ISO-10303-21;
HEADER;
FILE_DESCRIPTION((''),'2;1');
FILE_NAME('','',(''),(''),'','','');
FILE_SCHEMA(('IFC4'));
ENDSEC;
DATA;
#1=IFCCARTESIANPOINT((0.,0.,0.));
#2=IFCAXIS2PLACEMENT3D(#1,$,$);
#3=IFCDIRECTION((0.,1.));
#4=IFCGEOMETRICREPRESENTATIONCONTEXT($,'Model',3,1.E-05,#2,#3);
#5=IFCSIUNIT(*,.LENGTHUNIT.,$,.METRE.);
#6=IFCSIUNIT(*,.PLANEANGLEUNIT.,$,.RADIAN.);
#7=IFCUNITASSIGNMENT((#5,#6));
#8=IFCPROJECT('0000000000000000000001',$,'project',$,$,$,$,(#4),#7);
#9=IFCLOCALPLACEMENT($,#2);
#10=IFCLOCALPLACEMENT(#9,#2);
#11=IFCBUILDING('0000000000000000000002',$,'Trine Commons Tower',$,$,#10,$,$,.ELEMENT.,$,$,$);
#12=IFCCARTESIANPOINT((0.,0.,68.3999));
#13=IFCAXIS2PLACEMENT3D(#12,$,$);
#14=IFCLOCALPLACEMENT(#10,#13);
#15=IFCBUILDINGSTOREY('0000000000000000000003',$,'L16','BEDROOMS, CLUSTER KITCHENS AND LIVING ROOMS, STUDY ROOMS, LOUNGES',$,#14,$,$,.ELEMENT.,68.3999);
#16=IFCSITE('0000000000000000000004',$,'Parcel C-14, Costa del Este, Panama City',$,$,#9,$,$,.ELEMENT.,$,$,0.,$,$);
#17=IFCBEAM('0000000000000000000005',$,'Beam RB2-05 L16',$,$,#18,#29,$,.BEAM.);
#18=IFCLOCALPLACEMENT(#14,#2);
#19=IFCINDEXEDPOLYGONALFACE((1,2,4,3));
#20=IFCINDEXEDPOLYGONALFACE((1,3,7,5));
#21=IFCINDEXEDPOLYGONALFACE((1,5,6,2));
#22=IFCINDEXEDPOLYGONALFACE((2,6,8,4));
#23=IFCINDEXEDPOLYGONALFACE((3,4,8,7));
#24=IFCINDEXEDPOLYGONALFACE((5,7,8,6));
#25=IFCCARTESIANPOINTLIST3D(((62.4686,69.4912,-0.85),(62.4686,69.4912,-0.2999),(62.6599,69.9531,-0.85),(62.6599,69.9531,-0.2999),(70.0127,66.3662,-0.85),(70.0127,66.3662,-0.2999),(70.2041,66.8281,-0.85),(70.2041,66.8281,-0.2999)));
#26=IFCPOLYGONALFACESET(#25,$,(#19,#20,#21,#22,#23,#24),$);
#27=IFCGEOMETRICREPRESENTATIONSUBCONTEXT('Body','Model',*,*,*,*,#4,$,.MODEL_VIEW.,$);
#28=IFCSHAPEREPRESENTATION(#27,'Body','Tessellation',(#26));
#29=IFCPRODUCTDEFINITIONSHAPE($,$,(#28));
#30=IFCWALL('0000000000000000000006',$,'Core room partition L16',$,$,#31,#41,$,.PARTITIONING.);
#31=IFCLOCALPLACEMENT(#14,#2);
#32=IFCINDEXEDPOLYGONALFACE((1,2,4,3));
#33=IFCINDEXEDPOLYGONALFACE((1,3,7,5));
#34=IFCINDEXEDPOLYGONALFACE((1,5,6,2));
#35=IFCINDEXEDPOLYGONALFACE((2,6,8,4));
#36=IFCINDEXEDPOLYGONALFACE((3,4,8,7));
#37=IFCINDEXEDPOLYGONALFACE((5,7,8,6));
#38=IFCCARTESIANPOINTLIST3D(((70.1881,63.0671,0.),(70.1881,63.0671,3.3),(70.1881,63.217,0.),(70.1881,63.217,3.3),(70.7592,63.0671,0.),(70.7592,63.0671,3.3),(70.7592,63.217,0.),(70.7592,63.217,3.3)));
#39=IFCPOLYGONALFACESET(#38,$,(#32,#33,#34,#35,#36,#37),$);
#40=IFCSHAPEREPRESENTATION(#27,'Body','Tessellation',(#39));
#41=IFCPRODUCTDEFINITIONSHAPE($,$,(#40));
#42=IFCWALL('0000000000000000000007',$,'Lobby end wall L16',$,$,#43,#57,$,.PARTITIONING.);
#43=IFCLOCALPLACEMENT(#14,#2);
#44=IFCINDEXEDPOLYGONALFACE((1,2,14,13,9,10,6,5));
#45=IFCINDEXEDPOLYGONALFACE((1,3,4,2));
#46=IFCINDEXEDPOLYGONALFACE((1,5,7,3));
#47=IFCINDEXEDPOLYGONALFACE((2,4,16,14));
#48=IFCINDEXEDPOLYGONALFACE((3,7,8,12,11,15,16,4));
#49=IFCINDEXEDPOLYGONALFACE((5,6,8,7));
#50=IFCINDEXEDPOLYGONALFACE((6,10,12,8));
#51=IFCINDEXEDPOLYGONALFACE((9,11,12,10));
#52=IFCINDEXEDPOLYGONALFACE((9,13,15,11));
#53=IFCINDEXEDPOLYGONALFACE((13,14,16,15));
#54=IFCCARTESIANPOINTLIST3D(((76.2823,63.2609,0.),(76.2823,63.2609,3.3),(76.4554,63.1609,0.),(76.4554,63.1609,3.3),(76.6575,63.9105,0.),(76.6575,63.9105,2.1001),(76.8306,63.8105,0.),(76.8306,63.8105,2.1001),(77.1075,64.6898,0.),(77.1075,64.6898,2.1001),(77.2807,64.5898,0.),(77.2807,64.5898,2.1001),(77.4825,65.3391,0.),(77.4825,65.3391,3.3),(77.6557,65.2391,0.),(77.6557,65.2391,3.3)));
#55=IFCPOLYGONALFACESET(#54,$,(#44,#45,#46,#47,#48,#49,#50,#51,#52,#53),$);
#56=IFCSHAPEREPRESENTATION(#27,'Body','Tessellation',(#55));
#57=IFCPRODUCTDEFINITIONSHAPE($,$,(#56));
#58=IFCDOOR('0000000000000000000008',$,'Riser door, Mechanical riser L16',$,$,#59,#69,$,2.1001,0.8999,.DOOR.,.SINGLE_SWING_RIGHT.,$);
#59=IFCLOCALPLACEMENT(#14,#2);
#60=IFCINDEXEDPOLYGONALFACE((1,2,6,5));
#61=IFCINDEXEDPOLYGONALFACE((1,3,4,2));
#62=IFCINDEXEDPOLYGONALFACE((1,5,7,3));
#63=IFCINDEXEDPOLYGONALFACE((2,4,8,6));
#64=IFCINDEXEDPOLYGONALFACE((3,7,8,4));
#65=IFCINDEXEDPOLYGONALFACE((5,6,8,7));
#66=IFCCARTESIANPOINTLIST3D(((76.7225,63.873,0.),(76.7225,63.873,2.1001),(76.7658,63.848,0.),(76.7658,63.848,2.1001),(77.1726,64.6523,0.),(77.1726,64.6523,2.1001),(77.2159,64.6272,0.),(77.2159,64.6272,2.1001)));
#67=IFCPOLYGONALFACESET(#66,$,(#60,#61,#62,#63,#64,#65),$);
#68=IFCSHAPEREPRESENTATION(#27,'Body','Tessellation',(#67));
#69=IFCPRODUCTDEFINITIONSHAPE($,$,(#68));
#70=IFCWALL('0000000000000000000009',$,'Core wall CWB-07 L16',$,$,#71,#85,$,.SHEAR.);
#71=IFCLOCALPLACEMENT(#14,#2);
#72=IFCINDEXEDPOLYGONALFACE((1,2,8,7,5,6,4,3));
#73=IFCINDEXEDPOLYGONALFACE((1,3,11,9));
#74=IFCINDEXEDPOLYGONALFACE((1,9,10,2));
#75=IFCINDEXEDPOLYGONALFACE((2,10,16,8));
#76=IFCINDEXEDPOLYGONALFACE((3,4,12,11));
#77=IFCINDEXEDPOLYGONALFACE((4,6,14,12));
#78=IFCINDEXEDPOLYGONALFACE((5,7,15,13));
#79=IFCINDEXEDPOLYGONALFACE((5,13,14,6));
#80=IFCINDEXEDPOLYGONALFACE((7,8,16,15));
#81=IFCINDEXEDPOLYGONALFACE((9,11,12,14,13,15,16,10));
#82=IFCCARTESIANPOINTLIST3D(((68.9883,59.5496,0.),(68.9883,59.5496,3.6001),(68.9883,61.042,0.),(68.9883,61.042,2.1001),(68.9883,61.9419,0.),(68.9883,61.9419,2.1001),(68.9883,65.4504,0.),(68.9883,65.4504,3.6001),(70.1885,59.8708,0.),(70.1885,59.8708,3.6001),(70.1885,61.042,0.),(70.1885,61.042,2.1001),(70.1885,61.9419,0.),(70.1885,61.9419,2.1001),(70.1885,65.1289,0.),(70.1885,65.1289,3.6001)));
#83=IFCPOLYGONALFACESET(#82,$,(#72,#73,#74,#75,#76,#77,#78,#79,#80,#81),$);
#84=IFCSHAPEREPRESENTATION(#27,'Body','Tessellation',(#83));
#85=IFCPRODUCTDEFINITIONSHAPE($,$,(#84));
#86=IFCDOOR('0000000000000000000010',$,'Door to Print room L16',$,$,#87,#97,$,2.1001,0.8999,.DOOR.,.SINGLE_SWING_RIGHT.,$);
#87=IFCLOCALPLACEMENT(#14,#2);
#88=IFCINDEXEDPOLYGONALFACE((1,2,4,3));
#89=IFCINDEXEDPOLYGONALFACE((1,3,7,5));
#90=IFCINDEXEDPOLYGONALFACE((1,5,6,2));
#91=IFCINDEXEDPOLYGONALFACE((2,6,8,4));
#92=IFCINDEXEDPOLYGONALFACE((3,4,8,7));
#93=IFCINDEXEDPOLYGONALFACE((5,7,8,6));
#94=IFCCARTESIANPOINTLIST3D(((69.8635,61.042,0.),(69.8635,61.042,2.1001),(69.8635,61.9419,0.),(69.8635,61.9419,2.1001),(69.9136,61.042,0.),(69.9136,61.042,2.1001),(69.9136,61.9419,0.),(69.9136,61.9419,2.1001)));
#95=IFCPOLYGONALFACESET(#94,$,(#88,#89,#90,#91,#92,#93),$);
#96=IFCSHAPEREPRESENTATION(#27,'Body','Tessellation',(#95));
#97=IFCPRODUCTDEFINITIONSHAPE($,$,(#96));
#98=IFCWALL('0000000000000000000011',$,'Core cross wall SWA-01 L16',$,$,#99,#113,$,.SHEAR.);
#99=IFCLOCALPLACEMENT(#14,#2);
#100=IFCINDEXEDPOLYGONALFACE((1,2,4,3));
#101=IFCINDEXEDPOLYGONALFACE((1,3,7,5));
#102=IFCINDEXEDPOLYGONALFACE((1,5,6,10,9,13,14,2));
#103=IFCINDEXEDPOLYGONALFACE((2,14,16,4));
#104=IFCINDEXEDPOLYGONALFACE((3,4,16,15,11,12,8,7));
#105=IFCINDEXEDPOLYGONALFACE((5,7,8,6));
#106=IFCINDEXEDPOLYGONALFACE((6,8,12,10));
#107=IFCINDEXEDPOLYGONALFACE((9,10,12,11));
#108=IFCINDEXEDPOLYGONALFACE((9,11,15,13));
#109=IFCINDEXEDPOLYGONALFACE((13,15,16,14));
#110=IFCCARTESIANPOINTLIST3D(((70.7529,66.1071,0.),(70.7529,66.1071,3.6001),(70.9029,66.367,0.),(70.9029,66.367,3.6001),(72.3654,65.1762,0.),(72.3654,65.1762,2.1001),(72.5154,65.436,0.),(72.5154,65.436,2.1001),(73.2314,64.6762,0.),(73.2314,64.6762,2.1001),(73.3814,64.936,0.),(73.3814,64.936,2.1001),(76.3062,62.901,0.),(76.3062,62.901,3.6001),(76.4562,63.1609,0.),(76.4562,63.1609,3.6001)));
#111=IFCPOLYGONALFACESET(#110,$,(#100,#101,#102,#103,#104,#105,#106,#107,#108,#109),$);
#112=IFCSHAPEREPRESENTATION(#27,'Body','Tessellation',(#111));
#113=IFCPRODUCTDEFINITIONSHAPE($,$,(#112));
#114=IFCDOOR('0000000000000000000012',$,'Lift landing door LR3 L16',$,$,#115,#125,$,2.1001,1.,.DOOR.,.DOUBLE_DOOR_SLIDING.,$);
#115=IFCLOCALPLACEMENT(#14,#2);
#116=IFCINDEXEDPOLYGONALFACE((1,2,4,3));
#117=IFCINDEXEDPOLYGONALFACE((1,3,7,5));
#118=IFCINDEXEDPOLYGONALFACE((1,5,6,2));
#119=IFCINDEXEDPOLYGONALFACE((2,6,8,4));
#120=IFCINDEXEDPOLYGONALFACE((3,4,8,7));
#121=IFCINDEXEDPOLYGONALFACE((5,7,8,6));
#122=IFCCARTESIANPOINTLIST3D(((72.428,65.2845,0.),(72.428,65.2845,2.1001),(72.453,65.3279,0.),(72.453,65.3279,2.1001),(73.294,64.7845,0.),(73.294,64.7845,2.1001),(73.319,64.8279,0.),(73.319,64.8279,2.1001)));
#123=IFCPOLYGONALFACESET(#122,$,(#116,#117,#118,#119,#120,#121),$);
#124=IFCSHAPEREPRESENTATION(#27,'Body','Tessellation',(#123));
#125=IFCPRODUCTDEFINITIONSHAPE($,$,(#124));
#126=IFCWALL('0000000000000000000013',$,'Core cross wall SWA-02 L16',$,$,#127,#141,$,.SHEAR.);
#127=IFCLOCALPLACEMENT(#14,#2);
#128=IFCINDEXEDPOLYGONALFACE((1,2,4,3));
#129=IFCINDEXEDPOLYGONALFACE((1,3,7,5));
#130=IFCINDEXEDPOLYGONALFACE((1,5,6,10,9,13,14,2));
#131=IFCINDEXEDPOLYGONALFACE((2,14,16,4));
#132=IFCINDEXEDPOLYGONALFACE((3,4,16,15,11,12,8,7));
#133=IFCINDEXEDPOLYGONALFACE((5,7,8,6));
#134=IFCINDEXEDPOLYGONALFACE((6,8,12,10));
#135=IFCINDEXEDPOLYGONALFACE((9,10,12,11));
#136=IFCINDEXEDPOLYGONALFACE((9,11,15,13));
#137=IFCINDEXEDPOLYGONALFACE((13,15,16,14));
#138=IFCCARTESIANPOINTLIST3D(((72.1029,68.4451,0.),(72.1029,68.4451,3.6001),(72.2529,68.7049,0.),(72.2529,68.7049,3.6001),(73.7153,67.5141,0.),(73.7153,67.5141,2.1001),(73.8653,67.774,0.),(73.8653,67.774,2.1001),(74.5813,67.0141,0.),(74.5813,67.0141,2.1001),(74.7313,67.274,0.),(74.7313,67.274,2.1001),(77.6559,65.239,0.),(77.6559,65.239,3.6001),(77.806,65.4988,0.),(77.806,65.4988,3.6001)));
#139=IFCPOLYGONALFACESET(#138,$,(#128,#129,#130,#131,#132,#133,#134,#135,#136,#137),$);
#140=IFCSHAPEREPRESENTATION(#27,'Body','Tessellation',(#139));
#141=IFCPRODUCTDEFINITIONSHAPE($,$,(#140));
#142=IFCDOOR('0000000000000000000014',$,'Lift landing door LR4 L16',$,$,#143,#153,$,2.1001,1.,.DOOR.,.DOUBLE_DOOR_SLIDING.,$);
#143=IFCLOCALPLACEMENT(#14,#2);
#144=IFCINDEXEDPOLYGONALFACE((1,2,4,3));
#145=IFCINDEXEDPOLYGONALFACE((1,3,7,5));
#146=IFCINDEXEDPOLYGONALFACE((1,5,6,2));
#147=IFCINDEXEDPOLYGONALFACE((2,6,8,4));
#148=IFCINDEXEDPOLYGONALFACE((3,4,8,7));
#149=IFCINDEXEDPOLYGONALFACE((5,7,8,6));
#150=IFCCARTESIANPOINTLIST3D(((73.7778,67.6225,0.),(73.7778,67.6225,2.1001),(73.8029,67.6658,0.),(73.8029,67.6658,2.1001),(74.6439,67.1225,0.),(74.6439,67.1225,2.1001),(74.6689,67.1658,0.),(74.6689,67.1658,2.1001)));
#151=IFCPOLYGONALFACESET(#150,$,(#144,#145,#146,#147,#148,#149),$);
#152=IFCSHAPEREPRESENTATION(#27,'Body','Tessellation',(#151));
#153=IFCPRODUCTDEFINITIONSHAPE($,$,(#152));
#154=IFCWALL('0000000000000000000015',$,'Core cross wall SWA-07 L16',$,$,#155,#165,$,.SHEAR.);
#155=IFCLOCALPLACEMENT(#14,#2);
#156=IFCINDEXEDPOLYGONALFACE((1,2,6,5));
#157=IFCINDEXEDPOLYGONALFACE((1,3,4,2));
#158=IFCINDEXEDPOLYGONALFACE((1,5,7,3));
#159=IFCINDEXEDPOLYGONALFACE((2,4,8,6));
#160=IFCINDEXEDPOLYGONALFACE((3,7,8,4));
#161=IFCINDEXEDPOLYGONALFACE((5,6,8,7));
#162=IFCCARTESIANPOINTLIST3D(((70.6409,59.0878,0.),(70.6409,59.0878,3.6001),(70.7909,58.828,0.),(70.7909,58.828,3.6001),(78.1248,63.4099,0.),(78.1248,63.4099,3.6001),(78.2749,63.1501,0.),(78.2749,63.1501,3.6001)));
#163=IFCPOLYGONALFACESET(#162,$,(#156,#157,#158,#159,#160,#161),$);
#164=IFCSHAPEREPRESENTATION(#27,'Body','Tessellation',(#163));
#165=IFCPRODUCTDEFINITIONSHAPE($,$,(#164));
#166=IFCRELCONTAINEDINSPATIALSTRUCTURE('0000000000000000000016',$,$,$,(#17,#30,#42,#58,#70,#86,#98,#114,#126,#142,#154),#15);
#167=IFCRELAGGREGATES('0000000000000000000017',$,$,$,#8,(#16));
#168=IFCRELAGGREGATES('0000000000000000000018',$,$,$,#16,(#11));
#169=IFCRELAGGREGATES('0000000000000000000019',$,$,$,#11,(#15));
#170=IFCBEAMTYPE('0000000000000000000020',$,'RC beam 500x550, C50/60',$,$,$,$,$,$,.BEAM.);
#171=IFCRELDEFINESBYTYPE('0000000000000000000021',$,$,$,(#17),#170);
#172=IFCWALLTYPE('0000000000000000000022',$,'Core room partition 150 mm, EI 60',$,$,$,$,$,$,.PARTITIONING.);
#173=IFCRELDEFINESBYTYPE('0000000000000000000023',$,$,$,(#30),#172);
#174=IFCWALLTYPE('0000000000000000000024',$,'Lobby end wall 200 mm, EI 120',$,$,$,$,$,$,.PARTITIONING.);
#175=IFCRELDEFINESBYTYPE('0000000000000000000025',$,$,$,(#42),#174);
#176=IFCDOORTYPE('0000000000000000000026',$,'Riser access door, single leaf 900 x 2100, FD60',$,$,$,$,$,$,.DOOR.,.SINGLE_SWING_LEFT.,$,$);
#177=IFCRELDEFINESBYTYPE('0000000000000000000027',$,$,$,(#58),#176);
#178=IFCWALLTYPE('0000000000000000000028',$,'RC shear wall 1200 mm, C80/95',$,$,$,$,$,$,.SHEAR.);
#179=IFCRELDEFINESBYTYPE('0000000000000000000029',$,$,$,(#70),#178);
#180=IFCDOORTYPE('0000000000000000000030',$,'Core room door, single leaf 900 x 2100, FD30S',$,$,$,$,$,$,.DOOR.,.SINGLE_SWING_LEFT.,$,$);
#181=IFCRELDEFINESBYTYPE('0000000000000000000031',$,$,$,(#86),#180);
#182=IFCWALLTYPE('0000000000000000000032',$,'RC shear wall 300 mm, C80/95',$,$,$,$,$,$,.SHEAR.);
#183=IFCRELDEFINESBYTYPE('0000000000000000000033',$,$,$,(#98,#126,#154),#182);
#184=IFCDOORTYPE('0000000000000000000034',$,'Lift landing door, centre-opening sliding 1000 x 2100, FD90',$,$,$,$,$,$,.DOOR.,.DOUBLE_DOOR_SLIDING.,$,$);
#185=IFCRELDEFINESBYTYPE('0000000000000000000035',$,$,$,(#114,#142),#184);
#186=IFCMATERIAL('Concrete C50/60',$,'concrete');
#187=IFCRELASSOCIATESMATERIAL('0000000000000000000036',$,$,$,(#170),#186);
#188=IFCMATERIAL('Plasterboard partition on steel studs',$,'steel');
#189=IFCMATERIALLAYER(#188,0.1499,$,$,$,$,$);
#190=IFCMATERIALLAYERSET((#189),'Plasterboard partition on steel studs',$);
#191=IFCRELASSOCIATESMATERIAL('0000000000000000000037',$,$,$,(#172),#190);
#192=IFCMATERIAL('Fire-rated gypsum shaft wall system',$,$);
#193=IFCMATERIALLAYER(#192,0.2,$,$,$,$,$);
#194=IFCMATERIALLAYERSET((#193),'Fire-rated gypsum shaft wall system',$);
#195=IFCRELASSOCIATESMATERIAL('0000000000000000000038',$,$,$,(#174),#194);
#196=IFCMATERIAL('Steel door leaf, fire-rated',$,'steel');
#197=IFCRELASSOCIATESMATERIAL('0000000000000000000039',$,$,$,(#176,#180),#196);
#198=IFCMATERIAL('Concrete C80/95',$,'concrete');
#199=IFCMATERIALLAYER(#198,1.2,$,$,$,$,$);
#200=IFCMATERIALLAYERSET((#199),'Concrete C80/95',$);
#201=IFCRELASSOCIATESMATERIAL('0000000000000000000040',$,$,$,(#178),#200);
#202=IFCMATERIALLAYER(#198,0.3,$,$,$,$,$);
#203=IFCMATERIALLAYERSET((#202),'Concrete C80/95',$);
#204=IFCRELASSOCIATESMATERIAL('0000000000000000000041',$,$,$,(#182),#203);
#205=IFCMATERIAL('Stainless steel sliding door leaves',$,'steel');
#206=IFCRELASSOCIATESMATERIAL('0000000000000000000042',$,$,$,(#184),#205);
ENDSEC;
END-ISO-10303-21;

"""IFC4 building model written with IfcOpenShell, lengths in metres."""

from ifc_helpers import new_model, si_unit, direction, frame, frame_2d, origin, origin_2d, place, context, subcontext, project, spatial, polyline, rectangle, outline, extrude, material, layer, layer_set, material_profile, profile_set, type_object, element, fill, save


model = new_model("IFC4")

# Units and contexts
model_context = context("Model", 3, precision=1e-05, world=origin(), true_north=direction((0.0, 1.0)))
body_context = subcontext(model_context, "Body", "Model", "MODEL_VIEW")
ifc_project = project(units=[si_unit("LENGTHUNIT", "METRE"), si_unit("PLANEANGLEUNIT", "RADIAN")], contexts=[model_context])

# Site, building, storey
site_placement = place(None, origin())
site = spatial("IfcSite", under=ifc_project, at=site_placement, Name="Parcel C-14, Costa del Este, Panama City", CompositionType="ELEMENT", RefElevation=0.0)
building_placement = place(site_placement, origin())
building = spatial("IfcBuilding", under=site, at=building_placement, Name="Trine Commons Tower", CompositionType="ELEMENT")
storey_placement = place(building_placement, frame((0.0, 0.0, 68.3999)))
storey = spatial("IfcBuildingStorey", under=building, at=storey_placement, Name="L16", Description="BEDROOMS, CLUSTER KITCHENS AND LIVING ROOMS, STUDY ROOMS, LOUNGES", CompositionType="ELEMENT", Elevation=68.3999)

# Beam
ifc_material_1 = material(Name="Concrete C50/60", Category="concrete")
ifc_material_profile = material_profile(ifc_material_1, rectangle(XDim=0.5, YDim=0.55, at=origin_2d()), Name="RC 500x550")
ifc_profile_set = profile_set([ifc_material_profile], Name="Concrete C50/60")
beam_type = type_object("IfcBeamType", Name="RC beam 500x550, C50/60", PredefinedType="BEAM", material=ifc_profile_set)
beam_placement = place(storey_placement, frame((70.1084, 66.5972, -0.575), z_axis=(-0.923875, 0.382693, 0.0), x_axis=(-0.382693, -0.923875, 0.0)))
element("IfcBeam", 1, at=beam_placement, inside=storey, type_object=beam_type, Name="Beam RB2-05 L16", PredefinedType="BEAM", context=body_context, shape_type="SweptSolid", body=[
    extrude(rectangle(XDim=0.5, YDim=0.55, at=origin_2d()), origin(), (0.0, 0.0, 1.0), 8.1658),
])

# Wall
ifc_material_2 = material(Name="Plasterboard partition on steel studs", Category="steel")
ifc_layer_1 = layer(ifc_material_2, 0.1499)
ifc_layer_set_1 = layer_set([ifc_layer_1], Name="Plasterboard partition on steel studs")
wall_type_1 = type_object("IfcWallType", Name="Core room partition 150 mm, EI 60", PredefinedType="PARTITIONING", material=ifc_layer_set_1)
wall_1_placement = place(storey_placement, frame((70.188, 63.1421, 0.0), z_axis=(0.0, 0.0, 1.0), x_axis=(1.0, 0.0, 0.0)))
element("IfcWall", 2, at=wall_1_placement, inside=storey, type_object=wall_type_1, Name="Core room partition L16", PredefinedType="PARTITIONING", context=body_context, shape_type="SweptSolid", body=[
    extrude(rectangle(XDim=0.571, YDim=0.1499, at=frame_2d((0.2856, 0.0))), origin(), (0.0, 0.0, 1.0), 3.3),
])

# Walls, openings, doors
ifc_material_3 = material(Name="Fire-rated gypsum shaft wall system")
ifc_layer_2 = layer(ifc_material_3, 0.2)
ifc_layer_set_2 = layer_set([ifc_layer_2], Name="Fire-rated gypsum shaft wall system")
wall_type_2 = type_object("IfcWallType", Name="Lobby end wall 200 mm, EI 120", PredefinedType="PARTITIONING", material=ifc_layer_set_2)
wall_2_placement = place(storey_placement, frame((77.5691, 65.2891, 0.0), z_axis=(0.0, 0.0, 1.0), x_axis=(-0.500122, -0.865955, 0.0)))
wall_2 = element("IfcWall", 3, at=wall_2_placement, inside=storey, type_object=wall_type_2, Name="Lobby end wall L16", PredefinedType="PARTITIONING", context=body_context, shape_type="SweptSolid", body=[
    extrude(rectangle(XDim=2.3999, YDim=0.2, at=frame_2d((1.2, 0.0))), origin(), (0.0, 0.0, 1.0), 3.3),
])
opening_1_placement = place(wall_2_placement, frame((0.7498, 0.0, 0.0)))
opening_1 = element("IfcOpeningElement", 4, at=opening_1_placement, cuts=wall_2, PredefinedType="OPENING", context=body_context, shape_type="SweptSolid", body=[
    extrude(rectangle(XDim=0.8999, YDim=2.1001, at=frame_2d((0.45, 1.05))), frame((0.0, 0.1099, 0.0), z_axis=(0.0, -1.0, 0.0), x_axis=(1.0, 0.0, 0.0)), (0.0, 0.0, 1.0), 0.22),
])
ifc_material_4 = material(Name="Steel door leaf, fire-rated", Category="steel")
door_type_1 = type_object("IfcDoorType", Name="Riser access door, single leaf 900 x 2100, FD60", OperationType="SINGLE_SWING_LEFT", PredefinedType="DOOR", material=ifc_material_4)
door_1_placement = place(opening_1_placement, frame((0.8999, 0.0, 0.0), z_axis=(0.0, 0.0, 1.0), x_axis=(-1.0, 0.0, 0.0)))
door_1 = element("IfcDoor", 5, at=door_1_placement, inside=storey, type_object=door_type_1, Name="Riser door, Mechanical riser L16", OperationType="SINGLE_SWING_RIGHT", OverallHeight=2.1001, OverallWidth=0.8999, PredefinedType="DOOR", context=body_context, shape_type="SweptSolid", body=[
    extrude(rectangle(XDim=0.8999, YDim=2.1001, at=frame_2d((0.45, 1.05))), frame((0.0, 0.0249, 0.0), z_axis=(0.0, -1.0, 0.0), x_axis=(1.0, 0.0, 0.0)), (0.0, 0.0, 1.0), 0.05),
])
fill(opening_1, door_1)
ifc_material_5 = material(Name="Concrete C80/95", Category="concrete")
ifc_layer_3 = layer(ifc_material_5, 1.2)
ifc_layer_set_3 = layer_set([ifc_layer_3], Name="Concrete C80/95")
wall_type_3 = type_object("IfcWallType", Name="RC shear wall 1200 mm, C80/95", PredefinedType="SHEAR", material=ifc_layer_set_3)
wall_3_placement = place(storey_placement, frame((69.5884, 65.4504, 0.0), z_axis=(0.0, 0.0, 1.0), x_axis=(0.0, -1.0, 0.0)))
wall_3 = element("IfcWall", 6, at=wall_3_placement, inside=storey, type_object=wall_type_3, Name="Core wall CWB-07 L16", PredefinedType="SHEAR", context=body_context, shape_type="SweptSolid", body=[
    extrude(outline(polyline([(0.0, -0.6001), (5.9009, -0.6001), (5.5796, 0.6001), (0.3215, 0.6001), (0.0, -0.6001)])), origin(), (0.0, 0.0, 1.0), 3.6001),
])
opening_2_placement = place(wall_3_placement, frame((3.5085, 0.0, 0.0)))
opening_2 = element("IfcOpeningElement", 7, at=opening_2_placement, cuts=wall_3, PredefinedType="OPENING", context=body_context, shape_type="SweptSolid", body=[
    extrude(rectangle(XDim=0.8999, YDim=2.1001, at=frame_2d((0.45, 1.05))), frame((0.0, 0.6099, 0.0), z_axis=(0.0, -1.0, 0.0), x_axis=(1.0, 0.0, 0.0)), (0.0, 0.0, 1.0), 1.22),
])
door_type_2 = type_object("IfcDoorType", Name="Core room door, single leaf 900 x 2100, FD30S", OperationType="SINGLE_SWING_LEFT", PredefinedType="DOOR", material=ifc_material_4)
door_2_placement = place(opening_2_placement, origin())
door_2 = element("IfcDoor", 8, at=door_2_placement, inside=storey, type_object=door_type_2, Name="Door to Print room L16", OperationType="SINGLE_SWING_RIGHT", OverallHeight=2.1001, OverallWidth=0.8999, PredefinedType="DOOR", context=body_context, shape_type="SweptSolid", body=[
    extrude(rectangle(XDim=0.8999, YDim=2.1001, at=frame_2d((0.45, 1.05))), frame((0.0, 0.3252, 0.0), z_axis=(0.0, -1.0, 0.0), x_axis=(1.0, 0.0, 0.0)), (0.0, 0.0, 1.0), 0.05),
])
fill(opening_2, door_2)
ifc_layer_4 = layer(ifc_material_5, 0.3)
ifc_layer_set_4 = layer_set([ifc_layer_4], Name="Concrete C80/95")
wall_type_4 = type_object("IfcWallType", Name="RC shear wall 300 mm, C80/95", PredefinedType="SHEAR", material=ifc_layer_set_4)
wall_4_placement = place(storey_placement, frame((76.3811, 63.031, 0.0), z_axis=(0.0, 0.0, 1.0), x_axis=(-0.866032, 0.499988, 0.0)))
wall_4 = element("IfcWall", 9, at=wall_4_placement, inside=storey, type_object=wall_type_4, Name="Core cross wall SWA-01 L16", PredefinedType="SHEAR", context=body_context, shape_type="SweptSolid", body=[
    extrude(rectangle(XDim=6.4124, YDim=0.3, at=frame_2d((3.2061, 0.0))), origin(), (0.0, 0.0, 1.0), 3.6001),
])
opening_3_placement = place(wall_4_placement, frame((3.5503, 0.0, 0.0)))
opening_3 = element("IfcOpeningElement", 10, at=opening_3_placement, cuts=wall_4, PredefinedType="OPENING", context=body_context, shape_type="SweptSolid", body=[
    extrude(rectangle(XDim=1.0, YDim=2.1001, at=frame_2d((0.5, 1.05))), frame((0.0, 0.1599, 0.0), z_axis=(0.0, -1.0, 0.0), x_axis=(1.0, 0.0, 0.0)), (0.0, 0.0, 1.0), 0.3201),
])
ifc_material_6 = material(Name="Stainless steel sliding door leaves", Category="steel")
door_type_3 = type_object("IfcDoorType", Name="Lift landing door, centre-opening sliding 1000 x 2100, FD90", OperationType="DOUBLE_DOOR_SLIDING", PredefinedType="DOOR", material=ifc_material_6)
door_3_placement = place(opening_3_placement, origin())
door_3 = element("IfcDoor", 11, at=door_3_placement, inside=storey, type_object=door_type_3, Name="Lift landing door LR3 L16", OperationType="DOUBLE_DOOR_SLIDING", OverallHeight=2.1001, OverallWidth=1.0, PredefinedType="DOOR", context=body_context, shape_type="SweptSolid", body=[
    extrude(rectangle(XDim=1.0, YDim=2.1001, at=frame_2d((0.5, 1.05))), frame((0.0, 0.0249, 0.0), z_axis=(0.0, -1.0, 0.0), x_axis=(1.0, 0.0, 0.0)), (0.0, 0.0, 1.0), 0.05),
])
fill(opening_3, door_3)
wall_5_placement = place(storey_placement, frame((77.731, 65.3689, 0.0), z_axis=(0.0, 0.0, 1.0), x_axis=(-0.866023, 0.500005, 0.0)))
wall_5 = element("IfcWall", 12, at=wall_5_placement, inside=storey, type_object=wall_type_4, Name="Core cross wall SWA-02 L16", PredefinedType="SHEAR", context=body_context, shape_type="SweptSolid", body=[
    extrude(rectangle(XDim=6.4121, YDim=0.3, at=frame_2d((3.2061, 0.0))), origin(), (0.0, 0.0, 1.0), 3.6001),
])
opening_4_placement = place(wall_5_placement, frame((3.5503, 0.0, 0.0)))
opening_4 = element("IfcOpeningElement", 13, at=opening_4_placement, cuts=wall_5, PredefinedType="OPENING", context=body_context, shape_type="SweptSolid", body=[
    extrude(rectangle(XDim=1.0, YDim=2.1001, at=frame_2d((0.5, 1.05))), frame((0.0, 0.1599, 0.0), z_axis=(0.0, -1.0, 0.0), x_axis=(1.0, 0.0, 0.0)), (0.0, 0.0, 1.0), 0.3201),
])
door_4_placement = place(opening_4_placement, origin())
door_4 = element("IfcDoor", 14, at=door_4_placement, inside=storey, type_object=door_type_3, Name="Lift landing door LR4 L16", OperationType="DOUBLE_DOOR_SLIDING", OverallHeight=2.1001, OverallWidth=1.0, PredefinedType="DOOR", context=body_context, shape_type="SweptSolid", body=[
    extrude(rectangle(XDim=1.0, YDim=2.1001, at=frame_2d((0.5, 1.05))), frame((0.0, 0.0249, 0.0), z_axis=(0.0, -1.0, 0.0), x_axis=(1.0, 0.0, 0.0)), (0.0, 0.0, 1.0), 0.05),
])
fill(opening_4, door_4)

# Wall
wall_6_placement = place(storey_placement, frame((78.2, 63.28, 0.0), z_axis=(0.0, 0.0, 1.0), x_axis=(-0.865965, -0.500104, 0.0)))
element("IfcWall", 15, at=wall_6_placement, inside=storey, type_object=wall_type_4, Name="Core cross wall SWA-07 L16", PredefinedType="SHEAR", context=body_context, shape_type="SweptSolid", body=[
    extrude(rectangle(XDim=8.6423, YDim=0.3, at=frame_2d((4.3213, 0.0))), origin(), (0.0, 0.0, 1.0), 3.6001),
])

save(model, "model.ifc")
